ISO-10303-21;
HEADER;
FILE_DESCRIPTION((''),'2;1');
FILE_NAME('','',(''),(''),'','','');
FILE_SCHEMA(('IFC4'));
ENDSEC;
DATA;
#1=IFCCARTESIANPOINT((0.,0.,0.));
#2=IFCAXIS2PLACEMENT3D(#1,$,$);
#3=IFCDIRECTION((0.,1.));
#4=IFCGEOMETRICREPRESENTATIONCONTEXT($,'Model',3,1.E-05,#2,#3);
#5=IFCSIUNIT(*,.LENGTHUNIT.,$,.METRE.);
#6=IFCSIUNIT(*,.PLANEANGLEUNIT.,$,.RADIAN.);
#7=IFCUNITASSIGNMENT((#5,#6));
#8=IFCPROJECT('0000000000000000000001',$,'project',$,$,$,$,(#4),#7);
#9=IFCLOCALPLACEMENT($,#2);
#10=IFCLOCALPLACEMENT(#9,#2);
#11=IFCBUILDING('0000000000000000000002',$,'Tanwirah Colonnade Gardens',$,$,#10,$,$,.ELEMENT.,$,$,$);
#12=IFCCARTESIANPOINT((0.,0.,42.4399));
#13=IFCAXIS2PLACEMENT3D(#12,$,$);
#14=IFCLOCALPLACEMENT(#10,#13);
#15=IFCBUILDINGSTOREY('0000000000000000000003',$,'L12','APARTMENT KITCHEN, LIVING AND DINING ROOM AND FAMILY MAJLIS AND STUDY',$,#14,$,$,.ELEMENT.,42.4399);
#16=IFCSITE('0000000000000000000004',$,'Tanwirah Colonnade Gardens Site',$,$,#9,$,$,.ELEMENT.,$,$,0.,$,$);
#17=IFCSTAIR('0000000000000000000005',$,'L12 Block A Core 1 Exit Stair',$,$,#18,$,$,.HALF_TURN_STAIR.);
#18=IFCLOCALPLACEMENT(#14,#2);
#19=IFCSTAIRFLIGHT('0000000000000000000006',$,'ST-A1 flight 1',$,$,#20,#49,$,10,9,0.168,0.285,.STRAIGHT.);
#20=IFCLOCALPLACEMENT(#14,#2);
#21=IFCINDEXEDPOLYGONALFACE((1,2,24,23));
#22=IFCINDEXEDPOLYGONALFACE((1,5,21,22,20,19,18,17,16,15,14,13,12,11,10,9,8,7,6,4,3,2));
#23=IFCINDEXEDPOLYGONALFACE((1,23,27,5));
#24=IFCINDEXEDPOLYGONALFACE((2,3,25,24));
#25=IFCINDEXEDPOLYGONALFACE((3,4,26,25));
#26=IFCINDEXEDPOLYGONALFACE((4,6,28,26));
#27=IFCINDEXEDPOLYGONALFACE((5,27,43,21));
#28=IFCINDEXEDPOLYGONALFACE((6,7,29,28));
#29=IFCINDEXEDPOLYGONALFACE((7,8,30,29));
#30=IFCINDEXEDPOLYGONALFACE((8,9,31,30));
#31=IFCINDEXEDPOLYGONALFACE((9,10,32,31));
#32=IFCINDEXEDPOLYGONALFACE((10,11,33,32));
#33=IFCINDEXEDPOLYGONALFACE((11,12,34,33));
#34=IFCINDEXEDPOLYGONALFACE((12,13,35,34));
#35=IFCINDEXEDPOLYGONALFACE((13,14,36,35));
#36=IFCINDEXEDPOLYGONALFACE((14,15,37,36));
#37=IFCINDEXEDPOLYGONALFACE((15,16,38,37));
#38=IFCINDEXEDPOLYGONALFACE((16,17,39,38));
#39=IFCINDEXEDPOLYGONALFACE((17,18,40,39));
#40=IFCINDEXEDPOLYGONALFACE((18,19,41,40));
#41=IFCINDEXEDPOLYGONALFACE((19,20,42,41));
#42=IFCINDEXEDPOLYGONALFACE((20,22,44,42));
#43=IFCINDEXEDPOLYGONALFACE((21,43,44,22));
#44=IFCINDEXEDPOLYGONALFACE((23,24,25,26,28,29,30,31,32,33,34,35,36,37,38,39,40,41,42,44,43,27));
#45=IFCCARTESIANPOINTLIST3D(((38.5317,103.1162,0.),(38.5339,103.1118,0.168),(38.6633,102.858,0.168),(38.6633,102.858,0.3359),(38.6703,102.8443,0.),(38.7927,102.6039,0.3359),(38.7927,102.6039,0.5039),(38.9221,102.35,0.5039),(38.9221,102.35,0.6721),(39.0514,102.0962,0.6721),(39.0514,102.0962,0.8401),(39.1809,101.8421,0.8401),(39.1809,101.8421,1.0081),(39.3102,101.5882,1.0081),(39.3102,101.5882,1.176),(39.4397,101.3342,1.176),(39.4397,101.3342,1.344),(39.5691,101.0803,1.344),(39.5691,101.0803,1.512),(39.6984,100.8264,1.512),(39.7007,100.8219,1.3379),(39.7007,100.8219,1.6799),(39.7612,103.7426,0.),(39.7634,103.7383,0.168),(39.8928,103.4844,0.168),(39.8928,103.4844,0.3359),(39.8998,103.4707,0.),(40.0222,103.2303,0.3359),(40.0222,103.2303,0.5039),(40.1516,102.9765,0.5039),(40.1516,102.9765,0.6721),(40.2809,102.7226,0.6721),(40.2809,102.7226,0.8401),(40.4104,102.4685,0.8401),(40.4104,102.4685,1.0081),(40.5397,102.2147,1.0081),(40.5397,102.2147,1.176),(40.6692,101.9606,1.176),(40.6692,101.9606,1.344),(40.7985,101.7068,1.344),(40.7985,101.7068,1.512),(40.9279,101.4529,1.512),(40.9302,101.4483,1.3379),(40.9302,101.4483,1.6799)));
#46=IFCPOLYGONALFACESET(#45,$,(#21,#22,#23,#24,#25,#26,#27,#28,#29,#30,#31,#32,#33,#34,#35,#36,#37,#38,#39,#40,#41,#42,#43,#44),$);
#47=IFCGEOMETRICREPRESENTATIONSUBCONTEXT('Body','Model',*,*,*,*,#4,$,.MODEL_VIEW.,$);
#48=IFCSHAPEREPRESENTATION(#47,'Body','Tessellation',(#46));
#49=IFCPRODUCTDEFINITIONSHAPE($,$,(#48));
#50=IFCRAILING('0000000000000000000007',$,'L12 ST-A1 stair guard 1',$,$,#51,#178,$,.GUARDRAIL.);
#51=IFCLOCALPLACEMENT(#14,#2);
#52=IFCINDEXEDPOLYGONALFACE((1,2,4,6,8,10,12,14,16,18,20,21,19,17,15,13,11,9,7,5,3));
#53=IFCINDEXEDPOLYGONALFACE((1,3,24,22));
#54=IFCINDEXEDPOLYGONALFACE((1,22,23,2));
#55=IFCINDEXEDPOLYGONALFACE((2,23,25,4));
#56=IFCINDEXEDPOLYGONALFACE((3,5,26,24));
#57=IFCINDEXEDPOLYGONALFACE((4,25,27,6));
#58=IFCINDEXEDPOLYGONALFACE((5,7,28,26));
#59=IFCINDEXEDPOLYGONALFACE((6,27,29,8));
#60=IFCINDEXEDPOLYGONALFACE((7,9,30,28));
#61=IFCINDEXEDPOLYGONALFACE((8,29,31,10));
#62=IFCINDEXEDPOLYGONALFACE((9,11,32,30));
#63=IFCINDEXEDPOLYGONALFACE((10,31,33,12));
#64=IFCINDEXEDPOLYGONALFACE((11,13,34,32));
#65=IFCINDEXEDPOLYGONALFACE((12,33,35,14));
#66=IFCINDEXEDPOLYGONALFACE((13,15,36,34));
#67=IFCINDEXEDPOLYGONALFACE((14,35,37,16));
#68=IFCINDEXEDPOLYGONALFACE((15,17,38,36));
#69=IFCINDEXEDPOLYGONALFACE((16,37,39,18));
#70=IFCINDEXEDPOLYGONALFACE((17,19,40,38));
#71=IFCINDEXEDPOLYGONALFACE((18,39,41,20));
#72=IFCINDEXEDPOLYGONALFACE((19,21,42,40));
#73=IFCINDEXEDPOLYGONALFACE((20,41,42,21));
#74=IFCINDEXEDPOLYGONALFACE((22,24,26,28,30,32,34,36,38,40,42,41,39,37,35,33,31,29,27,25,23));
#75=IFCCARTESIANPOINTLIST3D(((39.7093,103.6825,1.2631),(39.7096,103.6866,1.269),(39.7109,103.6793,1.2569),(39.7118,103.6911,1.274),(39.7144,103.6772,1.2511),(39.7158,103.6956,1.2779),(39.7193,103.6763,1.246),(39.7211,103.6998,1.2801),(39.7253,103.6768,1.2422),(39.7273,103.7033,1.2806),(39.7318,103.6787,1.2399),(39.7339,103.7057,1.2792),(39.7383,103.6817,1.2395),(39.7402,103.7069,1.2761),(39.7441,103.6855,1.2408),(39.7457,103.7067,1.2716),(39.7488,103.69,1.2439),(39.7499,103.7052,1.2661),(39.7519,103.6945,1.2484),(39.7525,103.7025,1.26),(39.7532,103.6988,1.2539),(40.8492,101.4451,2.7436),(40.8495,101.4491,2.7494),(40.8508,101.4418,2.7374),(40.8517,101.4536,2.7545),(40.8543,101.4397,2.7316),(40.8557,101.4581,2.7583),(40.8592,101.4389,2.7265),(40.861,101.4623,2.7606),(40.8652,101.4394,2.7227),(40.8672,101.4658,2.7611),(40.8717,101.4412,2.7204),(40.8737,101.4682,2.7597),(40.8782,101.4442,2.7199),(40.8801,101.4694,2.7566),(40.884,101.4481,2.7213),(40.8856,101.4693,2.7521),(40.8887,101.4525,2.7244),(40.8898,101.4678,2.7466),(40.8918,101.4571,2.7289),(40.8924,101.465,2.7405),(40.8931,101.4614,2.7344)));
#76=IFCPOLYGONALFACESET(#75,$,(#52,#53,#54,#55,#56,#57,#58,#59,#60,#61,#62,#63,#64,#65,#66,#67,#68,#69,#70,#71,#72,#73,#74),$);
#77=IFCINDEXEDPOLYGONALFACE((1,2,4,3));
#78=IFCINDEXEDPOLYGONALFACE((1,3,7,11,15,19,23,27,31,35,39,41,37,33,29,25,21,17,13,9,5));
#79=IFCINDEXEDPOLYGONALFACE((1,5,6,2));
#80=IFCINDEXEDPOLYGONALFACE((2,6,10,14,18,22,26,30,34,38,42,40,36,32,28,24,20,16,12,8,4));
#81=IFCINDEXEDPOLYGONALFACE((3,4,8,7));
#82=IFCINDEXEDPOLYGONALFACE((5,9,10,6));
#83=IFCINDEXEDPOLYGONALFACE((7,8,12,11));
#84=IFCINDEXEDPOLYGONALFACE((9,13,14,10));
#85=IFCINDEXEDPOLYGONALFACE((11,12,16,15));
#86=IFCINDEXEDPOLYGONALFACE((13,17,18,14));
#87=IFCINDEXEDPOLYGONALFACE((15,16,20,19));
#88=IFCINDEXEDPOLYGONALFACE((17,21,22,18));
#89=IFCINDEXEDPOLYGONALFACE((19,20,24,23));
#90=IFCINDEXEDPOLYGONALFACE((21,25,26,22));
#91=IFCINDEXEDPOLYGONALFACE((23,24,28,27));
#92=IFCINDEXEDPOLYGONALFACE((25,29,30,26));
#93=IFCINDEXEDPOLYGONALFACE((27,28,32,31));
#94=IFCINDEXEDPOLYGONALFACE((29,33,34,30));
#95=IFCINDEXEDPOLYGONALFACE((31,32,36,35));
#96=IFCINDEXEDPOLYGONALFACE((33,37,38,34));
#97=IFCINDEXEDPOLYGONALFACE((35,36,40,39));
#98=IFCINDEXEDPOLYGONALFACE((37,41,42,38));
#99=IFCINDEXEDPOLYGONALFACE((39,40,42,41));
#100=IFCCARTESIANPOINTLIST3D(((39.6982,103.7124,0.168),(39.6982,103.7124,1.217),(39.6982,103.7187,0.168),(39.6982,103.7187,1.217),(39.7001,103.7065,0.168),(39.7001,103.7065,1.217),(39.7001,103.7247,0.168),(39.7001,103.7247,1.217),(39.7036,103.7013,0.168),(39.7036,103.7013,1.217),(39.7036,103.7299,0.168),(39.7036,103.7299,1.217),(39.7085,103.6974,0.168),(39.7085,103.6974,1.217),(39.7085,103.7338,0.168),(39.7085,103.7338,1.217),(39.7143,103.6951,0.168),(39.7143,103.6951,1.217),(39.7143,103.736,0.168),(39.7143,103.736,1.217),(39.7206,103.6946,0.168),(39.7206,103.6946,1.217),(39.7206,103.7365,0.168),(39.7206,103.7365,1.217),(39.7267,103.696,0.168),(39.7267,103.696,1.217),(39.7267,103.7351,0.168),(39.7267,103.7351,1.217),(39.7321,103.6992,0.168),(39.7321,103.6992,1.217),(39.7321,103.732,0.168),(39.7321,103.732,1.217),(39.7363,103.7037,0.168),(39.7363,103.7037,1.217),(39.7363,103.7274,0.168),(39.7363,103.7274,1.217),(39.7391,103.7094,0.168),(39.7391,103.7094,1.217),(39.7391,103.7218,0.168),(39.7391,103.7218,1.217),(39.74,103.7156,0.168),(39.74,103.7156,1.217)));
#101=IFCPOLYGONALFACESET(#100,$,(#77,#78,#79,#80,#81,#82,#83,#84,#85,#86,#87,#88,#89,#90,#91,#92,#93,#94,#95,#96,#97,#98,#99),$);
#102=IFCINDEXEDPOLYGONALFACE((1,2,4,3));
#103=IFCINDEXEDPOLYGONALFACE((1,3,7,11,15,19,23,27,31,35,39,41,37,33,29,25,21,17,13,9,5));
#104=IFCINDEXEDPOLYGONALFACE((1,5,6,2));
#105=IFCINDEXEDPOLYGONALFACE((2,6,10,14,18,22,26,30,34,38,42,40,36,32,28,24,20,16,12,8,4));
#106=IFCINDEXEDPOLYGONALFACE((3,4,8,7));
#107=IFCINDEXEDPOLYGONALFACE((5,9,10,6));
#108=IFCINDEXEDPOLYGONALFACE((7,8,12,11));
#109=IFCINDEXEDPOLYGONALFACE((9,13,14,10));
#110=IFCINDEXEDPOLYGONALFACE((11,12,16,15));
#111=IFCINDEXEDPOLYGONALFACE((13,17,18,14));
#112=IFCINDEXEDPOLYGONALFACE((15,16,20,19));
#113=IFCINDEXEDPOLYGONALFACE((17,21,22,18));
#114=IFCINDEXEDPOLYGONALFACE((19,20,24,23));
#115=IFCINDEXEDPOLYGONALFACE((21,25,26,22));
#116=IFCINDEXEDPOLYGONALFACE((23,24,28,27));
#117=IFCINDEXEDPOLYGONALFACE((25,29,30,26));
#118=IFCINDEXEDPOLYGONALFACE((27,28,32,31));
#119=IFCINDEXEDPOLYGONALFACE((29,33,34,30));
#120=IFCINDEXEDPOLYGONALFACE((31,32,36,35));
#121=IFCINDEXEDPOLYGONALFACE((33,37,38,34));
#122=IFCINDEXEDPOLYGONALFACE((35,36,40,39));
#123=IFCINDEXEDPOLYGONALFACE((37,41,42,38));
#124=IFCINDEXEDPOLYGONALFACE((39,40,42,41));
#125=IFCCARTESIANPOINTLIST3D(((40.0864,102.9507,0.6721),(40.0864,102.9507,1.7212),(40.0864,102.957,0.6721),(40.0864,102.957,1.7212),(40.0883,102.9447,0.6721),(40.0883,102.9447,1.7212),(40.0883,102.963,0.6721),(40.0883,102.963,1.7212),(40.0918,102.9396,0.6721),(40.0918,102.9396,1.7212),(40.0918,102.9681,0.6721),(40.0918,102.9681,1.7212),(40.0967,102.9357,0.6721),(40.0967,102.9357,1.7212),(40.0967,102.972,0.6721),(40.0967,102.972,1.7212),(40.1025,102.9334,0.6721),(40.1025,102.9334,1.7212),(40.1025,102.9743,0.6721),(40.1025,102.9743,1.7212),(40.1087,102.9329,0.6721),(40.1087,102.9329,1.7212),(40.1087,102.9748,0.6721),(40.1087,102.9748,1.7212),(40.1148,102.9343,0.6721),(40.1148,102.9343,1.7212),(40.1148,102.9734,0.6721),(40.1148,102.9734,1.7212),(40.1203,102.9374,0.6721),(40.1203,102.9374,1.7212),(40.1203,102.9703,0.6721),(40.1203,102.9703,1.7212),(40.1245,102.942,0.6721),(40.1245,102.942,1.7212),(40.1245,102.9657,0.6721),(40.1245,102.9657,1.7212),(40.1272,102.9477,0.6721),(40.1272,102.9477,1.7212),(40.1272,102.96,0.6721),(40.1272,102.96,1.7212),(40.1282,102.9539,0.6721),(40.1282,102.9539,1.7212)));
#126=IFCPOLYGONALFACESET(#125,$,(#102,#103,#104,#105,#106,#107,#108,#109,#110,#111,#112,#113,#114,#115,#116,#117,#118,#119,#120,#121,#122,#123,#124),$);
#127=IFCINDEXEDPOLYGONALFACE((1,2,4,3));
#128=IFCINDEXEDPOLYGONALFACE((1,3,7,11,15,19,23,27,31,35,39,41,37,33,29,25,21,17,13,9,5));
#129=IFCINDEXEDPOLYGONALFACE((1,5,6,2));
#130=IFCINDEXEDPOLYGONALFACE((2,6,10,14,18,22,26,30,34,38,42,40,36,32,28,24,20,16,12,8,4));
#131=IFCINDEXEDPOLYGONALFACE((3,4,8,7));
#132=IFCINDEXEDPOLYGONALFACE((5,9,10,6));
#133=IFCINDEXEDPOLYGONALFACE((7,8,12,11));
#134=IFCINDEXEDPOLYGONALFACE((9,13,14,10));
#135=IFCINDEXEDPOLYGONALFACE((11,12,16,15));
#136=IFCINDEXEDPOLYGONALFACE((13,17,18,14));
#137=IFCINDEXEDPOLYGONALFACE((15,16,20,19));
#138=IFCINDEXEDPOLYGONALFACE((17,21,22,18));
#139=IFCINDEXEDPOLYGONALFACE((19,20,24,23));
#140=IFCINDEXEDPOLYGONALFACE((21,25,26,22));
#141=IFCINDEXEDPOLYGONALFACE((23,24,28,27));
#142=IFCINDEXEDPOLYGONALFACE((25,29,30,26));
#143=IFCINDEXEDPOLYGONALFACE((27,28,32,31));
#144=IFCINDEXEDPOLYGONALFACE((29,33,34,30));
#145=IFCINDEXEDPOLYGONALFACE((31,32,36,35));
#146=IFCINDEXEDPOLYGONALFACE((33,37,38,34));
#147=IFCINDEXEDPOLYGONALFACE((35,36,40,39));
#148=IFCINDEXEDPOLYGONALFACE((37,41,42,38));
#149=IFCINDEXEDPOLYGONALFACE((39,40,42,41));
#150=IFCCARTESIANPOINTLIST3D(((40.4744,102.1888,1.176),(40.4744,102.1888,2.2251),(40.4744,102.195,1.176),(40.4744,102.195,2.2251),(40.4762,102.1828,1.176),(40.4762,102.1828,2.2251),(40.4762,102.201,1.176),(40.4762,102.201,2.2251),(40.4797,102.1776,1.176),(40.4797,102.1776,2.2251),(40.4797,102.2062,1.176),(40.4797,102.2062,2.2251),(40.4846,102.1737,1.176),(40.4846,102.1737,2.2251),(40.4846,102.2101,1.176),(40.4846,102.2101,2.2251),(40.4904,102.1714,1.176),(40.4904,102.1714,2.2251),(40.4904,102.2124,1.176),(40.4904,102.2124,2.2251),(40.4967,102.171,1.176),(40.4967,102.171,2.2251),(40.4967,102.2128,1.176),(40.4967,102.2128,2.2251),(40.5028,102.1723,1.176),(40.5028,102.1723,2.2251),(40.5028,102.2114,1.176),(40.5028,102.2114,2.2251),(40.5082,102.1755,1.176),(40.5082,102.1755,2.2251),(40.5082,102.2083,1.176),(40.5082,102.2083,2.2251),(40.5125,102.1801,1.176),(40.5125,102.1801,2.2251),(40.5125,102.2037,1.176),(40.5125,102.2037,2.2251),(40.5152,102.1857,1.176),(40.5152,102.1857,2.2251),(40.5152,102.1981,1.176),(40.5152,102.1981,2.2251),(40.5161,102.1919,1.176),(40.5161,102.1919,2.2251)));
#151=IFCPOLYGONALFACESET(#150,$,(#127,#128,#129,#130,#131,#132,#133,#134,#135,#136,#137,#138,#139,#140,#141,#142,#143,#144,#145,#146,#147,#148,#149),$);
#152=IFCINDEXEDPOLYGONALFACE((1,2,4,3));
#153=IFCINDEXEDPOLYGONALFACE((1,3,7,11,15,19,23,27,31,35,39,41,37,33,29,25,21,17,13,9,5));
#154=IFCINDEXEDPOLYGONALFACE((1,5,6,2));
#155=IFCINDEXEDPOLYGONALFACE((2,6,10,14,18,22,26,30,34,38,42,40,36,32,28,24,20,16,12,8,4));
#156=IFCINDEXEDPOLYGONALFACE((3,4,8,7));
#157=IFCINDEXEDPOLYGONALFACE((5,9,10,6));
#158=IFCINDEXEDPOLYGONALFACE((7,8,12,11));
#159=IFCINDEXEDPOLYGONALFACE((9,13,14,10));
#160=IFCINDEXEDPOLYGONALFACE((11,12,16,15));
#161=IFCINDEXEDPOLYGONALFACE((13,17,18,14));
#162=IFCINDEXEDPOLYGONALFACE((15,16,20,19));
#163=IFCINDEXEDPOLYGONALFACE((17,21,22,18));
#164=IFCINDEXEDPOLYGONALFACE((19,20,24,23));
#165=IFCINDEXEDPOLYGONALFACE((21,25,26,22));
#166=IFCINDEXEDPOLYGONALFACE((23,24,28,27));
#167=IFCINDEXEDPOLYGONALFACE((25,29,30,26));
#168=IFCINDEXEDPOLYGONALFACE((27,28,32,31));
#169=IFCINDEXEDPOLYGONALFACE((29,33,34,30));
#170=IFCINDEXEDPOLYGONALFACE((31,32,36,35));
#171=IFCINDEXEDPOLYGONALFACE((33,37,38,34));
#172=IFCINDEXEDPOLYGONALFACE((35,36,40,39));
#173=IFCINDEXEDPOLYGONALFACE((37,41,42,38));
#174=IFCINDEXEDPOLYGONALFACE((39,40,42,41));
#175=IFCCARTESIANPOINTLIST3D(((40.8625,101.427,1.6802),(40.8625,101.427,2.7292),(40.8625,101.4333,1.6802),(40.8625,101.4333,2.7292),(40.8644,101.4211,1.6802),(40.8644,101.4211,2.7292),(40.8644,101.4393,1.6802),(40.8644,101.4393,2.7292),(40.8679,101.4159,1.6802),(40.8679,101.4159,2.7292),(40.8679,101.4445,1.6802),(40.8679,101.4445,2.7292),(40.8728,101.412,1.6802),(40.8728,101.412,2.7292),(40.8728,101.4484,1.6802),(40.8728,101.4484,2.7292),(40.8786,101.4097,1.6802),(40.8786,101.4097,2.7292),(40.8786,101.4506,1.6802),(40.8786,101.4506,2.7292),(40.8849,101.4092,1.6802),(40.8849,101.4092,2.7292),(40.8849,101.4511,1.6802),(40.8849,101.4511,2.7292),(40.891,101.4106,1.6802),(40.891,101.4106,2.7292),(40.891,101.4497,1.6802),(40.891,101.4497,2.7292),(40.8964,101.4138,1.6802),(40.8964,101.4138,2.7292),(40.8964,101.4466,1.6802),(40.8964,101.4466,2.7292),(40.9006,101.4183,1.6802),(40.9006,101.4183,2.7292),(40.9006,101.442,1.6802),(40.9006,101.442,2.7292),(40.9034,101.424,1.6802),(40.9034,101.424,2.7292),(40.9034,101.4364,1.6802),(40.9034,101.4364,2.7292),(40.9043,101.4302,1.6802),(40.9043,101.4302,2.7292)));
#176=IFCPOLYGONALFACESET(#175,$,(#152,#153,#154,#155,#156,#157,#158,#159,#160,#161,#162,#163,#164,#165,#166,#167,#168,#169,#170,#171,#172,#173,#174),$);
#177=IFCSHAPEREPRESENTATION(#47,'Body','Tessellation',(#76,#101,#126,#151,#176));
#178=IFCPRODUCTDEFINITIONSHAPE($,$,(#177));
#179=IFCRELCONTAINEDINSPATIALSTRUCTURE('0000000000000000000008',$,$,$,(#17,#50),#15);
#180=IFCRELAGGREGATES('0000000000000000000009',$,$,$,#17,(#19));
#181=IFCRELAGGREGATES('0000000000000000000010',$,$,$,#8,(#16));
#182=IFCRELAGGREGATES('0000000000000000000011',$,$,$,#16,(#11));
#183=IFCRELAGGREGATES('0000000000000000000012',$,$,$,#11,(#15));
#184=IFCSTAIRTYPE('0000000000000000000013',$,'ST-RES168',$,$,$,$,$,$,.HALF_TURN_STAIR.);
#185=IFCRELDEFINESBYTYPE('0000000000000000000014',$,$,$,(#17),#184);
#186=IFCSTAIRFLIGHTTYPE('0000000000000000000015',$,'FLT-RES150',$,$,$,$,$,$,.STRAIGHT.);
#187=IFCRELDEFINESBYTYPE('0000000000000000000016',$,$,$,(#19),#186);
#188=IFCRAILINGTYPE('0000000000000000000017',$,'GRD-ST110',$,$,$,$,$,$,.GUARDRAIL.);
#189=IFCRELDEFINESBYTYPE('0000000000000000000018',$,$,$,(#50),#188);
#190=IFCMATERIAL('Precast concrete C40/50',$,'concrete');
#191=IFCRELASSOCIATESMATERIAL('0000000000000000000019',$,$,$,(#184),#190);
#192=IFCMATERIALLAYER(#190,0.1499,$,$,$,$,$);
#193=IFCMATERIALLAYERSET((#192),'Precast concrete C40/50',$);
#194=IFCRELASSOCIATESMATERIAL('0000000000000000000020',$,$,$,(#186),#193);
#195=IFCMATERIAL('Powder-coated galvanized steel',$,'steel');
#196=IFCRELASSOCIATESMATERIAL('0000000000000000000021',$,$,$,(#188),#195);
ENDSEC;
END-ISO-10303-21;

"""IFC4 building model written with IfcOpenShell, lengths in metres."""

from ifc_helpers import new_model, si_unit, direction, frame, origin, origin_2d, place, context, subcontext, project, spatial, polyline, circle, outline, extrude, material, layer, layer_set, type_object, element, aggregate, save


model = new_model("IFC4")

# Units and contexts
model_context = context("Model", 3, precision=1e-05, world=origin(), true_north=direction((0.0, 1.0)))
body_context = subcontext(model_context, "Body", "Model", "MODEL_VIEW")
ifc_project = project(units=[si_unit("LENGTHUNIT", "METRE"), si_unit("PLANEANGLEUNIT", "RADIAN")], contexts=[model_context])

# Site, building, storey
site_placement = place(None, origin())
site = spatial("IfcSite", under=ifc_project, at=site_placement, Name="Tanwirah Colonnade Gardens Site", CompositionType="ELEMENT", RefElevation=0.0)
building_placement = place(site_placement, origin())
building = spatial("IfcBuilding", under=site, at=building_placement, Name="Tanwirah Colonnade Gardens", CompositionType="ELEMENT")
storey_placement = place(building_placement, frame((0.0, 0.0, 42.4399)))
storey = spatial("IfcBuildingStorey", under=building, at=storey_placement, Name="L12", Description="APARTMENT KITCHEN, LIVING AND DINING ROOM AND FAMILY MAJLIS AND STUDY", CompositionType="ELEMENT", Elevation=42.4399)

# Shared definitions
ifc_material_1 = material(Name="Precast concrete C40/50", Category="concrete")

# Stair, stair flight
stair_type = type_object("IfcStairType", Name="ST-RES168", PredefinedType="HALF_TURN_STAIR", material=ifc_material_1)
stair_placement = place(storey_placement, origin())
stair = element("IfcStair", 1, at=stair_placement, inside=storey, type_object=stair_type, Name="L12 Block A Core 1 Exit Stair", PredefinedType="HALF_TURN_STAIR")
ifc_layer_1 = layer(ifc_material_1, 0.1499)
ifc_layer_set_1 = layer_set([ifc_layer_1], Name="Precast concrete C40/50")
stair_flight_type = type_object("IfcStairFlightType", Name="FLT-RES150", PredefinedType="STRAIGHT", material=ifc_layer_set_1)
stair_flight_placement = place(storey_placement, frame((39.1487, 103.425, 0.0), z_axis=(0.0, 0.0, 1.0), x_axis=(0.45399, -0.891007, 0.0)))
stair_flight = element("IfcStairFlight", 2, at=stair_flight_placement, type_object=stair_flight_type, Name="ST-A1 flight 1", NumberOfRisers=10, NumberOfTreads=9, PredefinedType="STRAIGHT", RiserHeight=0.168, TreadLength=0.285, context=body_context, shape_type="SweptSolid", body=[
    extrude(outline(polyline([(-0.0049, 0.0), (0.0, 0.168), (0.2849, 0.168), (0.2849, 0.3359), (0.5701, 0.3359), (0.5701, 0.5039), (0.855, 0.5039), (0.855, 0.6721), (1.1399, 0.6721), (1.1399, 0.8401), (1.425, 0.8401), (1.425, 1.0081), (1.71, 1.0081), (1.71, 1.176), (1.9951, 1.176), (1.9951, 1.344), (2.28, 1.344), (2.28, 1.512), (2.5649, 1.512), (2.5701, 1.6799), (2.5701, 1.3379), (0.3003, 0.0), (-0.0049, 0.0)])), frame((0.0, 0.6899, 0.0), z_axis=(0.0, -1.0, 0.0), x_axis=(1.0, 0.0, 0.0)), (0.0, 0.0, 1.0), 1.3799),
])
aggregate(stair, [stair_flight])

# Railing
ifc_material_2 = material(Name="Powder-coated galvanized steel", Category="steel")
railing_type_1 = type_object("IfcRailingType", Name="GRD-ST110", PredefinedType="GUARDRAIL", material=ifc_material_2)
railing_1_placement = place(storey_placement, frame((39.719, 103.7156, 0.168)))
element("IfcRailing", 3, at=railing_1_placement, inside=storey, type_object=railing_type_1, Name="L12 ST-A1 stair guard 1", PredefinedType="GUARDRAIL", context=body_context, shape_type="SweptSolid", body=[
    extrude(circle(Radius=0.0239, at=origin_2d()), frame((0.0122, -0.0239, 1.092), z_axis=(0.391037, -0.76756, 0.50788), x_axis=(0.891032, 0.45394, 0.0)), (0.0, 0.0, 1.0), 2.915),
    extrude(circle(Radius=0.021, at=origin_2d()), origin(), (0.0, 0.0, 1.0), 1.0491),
    extrude(circle(Radius=0.021, at=origin_2d()), frame((0.3882, -0.7617, 0.5042)), (0.0, 0.0, 1.0), 1.0491),
    extrude(circle(Radius=0.021, at=origin_2d()), frame((0.7761, -1.5237, 1.0081)), (0.0, 0.0, 1.0), 1.0491),
    extrude(circle(Radius=0.021, at=origin_2d()), frame((1.1643, -2.2854, 1.5122)), (0.0, 0.0, 1.0), 1.0491),
])

save(model, "model.ifc")
